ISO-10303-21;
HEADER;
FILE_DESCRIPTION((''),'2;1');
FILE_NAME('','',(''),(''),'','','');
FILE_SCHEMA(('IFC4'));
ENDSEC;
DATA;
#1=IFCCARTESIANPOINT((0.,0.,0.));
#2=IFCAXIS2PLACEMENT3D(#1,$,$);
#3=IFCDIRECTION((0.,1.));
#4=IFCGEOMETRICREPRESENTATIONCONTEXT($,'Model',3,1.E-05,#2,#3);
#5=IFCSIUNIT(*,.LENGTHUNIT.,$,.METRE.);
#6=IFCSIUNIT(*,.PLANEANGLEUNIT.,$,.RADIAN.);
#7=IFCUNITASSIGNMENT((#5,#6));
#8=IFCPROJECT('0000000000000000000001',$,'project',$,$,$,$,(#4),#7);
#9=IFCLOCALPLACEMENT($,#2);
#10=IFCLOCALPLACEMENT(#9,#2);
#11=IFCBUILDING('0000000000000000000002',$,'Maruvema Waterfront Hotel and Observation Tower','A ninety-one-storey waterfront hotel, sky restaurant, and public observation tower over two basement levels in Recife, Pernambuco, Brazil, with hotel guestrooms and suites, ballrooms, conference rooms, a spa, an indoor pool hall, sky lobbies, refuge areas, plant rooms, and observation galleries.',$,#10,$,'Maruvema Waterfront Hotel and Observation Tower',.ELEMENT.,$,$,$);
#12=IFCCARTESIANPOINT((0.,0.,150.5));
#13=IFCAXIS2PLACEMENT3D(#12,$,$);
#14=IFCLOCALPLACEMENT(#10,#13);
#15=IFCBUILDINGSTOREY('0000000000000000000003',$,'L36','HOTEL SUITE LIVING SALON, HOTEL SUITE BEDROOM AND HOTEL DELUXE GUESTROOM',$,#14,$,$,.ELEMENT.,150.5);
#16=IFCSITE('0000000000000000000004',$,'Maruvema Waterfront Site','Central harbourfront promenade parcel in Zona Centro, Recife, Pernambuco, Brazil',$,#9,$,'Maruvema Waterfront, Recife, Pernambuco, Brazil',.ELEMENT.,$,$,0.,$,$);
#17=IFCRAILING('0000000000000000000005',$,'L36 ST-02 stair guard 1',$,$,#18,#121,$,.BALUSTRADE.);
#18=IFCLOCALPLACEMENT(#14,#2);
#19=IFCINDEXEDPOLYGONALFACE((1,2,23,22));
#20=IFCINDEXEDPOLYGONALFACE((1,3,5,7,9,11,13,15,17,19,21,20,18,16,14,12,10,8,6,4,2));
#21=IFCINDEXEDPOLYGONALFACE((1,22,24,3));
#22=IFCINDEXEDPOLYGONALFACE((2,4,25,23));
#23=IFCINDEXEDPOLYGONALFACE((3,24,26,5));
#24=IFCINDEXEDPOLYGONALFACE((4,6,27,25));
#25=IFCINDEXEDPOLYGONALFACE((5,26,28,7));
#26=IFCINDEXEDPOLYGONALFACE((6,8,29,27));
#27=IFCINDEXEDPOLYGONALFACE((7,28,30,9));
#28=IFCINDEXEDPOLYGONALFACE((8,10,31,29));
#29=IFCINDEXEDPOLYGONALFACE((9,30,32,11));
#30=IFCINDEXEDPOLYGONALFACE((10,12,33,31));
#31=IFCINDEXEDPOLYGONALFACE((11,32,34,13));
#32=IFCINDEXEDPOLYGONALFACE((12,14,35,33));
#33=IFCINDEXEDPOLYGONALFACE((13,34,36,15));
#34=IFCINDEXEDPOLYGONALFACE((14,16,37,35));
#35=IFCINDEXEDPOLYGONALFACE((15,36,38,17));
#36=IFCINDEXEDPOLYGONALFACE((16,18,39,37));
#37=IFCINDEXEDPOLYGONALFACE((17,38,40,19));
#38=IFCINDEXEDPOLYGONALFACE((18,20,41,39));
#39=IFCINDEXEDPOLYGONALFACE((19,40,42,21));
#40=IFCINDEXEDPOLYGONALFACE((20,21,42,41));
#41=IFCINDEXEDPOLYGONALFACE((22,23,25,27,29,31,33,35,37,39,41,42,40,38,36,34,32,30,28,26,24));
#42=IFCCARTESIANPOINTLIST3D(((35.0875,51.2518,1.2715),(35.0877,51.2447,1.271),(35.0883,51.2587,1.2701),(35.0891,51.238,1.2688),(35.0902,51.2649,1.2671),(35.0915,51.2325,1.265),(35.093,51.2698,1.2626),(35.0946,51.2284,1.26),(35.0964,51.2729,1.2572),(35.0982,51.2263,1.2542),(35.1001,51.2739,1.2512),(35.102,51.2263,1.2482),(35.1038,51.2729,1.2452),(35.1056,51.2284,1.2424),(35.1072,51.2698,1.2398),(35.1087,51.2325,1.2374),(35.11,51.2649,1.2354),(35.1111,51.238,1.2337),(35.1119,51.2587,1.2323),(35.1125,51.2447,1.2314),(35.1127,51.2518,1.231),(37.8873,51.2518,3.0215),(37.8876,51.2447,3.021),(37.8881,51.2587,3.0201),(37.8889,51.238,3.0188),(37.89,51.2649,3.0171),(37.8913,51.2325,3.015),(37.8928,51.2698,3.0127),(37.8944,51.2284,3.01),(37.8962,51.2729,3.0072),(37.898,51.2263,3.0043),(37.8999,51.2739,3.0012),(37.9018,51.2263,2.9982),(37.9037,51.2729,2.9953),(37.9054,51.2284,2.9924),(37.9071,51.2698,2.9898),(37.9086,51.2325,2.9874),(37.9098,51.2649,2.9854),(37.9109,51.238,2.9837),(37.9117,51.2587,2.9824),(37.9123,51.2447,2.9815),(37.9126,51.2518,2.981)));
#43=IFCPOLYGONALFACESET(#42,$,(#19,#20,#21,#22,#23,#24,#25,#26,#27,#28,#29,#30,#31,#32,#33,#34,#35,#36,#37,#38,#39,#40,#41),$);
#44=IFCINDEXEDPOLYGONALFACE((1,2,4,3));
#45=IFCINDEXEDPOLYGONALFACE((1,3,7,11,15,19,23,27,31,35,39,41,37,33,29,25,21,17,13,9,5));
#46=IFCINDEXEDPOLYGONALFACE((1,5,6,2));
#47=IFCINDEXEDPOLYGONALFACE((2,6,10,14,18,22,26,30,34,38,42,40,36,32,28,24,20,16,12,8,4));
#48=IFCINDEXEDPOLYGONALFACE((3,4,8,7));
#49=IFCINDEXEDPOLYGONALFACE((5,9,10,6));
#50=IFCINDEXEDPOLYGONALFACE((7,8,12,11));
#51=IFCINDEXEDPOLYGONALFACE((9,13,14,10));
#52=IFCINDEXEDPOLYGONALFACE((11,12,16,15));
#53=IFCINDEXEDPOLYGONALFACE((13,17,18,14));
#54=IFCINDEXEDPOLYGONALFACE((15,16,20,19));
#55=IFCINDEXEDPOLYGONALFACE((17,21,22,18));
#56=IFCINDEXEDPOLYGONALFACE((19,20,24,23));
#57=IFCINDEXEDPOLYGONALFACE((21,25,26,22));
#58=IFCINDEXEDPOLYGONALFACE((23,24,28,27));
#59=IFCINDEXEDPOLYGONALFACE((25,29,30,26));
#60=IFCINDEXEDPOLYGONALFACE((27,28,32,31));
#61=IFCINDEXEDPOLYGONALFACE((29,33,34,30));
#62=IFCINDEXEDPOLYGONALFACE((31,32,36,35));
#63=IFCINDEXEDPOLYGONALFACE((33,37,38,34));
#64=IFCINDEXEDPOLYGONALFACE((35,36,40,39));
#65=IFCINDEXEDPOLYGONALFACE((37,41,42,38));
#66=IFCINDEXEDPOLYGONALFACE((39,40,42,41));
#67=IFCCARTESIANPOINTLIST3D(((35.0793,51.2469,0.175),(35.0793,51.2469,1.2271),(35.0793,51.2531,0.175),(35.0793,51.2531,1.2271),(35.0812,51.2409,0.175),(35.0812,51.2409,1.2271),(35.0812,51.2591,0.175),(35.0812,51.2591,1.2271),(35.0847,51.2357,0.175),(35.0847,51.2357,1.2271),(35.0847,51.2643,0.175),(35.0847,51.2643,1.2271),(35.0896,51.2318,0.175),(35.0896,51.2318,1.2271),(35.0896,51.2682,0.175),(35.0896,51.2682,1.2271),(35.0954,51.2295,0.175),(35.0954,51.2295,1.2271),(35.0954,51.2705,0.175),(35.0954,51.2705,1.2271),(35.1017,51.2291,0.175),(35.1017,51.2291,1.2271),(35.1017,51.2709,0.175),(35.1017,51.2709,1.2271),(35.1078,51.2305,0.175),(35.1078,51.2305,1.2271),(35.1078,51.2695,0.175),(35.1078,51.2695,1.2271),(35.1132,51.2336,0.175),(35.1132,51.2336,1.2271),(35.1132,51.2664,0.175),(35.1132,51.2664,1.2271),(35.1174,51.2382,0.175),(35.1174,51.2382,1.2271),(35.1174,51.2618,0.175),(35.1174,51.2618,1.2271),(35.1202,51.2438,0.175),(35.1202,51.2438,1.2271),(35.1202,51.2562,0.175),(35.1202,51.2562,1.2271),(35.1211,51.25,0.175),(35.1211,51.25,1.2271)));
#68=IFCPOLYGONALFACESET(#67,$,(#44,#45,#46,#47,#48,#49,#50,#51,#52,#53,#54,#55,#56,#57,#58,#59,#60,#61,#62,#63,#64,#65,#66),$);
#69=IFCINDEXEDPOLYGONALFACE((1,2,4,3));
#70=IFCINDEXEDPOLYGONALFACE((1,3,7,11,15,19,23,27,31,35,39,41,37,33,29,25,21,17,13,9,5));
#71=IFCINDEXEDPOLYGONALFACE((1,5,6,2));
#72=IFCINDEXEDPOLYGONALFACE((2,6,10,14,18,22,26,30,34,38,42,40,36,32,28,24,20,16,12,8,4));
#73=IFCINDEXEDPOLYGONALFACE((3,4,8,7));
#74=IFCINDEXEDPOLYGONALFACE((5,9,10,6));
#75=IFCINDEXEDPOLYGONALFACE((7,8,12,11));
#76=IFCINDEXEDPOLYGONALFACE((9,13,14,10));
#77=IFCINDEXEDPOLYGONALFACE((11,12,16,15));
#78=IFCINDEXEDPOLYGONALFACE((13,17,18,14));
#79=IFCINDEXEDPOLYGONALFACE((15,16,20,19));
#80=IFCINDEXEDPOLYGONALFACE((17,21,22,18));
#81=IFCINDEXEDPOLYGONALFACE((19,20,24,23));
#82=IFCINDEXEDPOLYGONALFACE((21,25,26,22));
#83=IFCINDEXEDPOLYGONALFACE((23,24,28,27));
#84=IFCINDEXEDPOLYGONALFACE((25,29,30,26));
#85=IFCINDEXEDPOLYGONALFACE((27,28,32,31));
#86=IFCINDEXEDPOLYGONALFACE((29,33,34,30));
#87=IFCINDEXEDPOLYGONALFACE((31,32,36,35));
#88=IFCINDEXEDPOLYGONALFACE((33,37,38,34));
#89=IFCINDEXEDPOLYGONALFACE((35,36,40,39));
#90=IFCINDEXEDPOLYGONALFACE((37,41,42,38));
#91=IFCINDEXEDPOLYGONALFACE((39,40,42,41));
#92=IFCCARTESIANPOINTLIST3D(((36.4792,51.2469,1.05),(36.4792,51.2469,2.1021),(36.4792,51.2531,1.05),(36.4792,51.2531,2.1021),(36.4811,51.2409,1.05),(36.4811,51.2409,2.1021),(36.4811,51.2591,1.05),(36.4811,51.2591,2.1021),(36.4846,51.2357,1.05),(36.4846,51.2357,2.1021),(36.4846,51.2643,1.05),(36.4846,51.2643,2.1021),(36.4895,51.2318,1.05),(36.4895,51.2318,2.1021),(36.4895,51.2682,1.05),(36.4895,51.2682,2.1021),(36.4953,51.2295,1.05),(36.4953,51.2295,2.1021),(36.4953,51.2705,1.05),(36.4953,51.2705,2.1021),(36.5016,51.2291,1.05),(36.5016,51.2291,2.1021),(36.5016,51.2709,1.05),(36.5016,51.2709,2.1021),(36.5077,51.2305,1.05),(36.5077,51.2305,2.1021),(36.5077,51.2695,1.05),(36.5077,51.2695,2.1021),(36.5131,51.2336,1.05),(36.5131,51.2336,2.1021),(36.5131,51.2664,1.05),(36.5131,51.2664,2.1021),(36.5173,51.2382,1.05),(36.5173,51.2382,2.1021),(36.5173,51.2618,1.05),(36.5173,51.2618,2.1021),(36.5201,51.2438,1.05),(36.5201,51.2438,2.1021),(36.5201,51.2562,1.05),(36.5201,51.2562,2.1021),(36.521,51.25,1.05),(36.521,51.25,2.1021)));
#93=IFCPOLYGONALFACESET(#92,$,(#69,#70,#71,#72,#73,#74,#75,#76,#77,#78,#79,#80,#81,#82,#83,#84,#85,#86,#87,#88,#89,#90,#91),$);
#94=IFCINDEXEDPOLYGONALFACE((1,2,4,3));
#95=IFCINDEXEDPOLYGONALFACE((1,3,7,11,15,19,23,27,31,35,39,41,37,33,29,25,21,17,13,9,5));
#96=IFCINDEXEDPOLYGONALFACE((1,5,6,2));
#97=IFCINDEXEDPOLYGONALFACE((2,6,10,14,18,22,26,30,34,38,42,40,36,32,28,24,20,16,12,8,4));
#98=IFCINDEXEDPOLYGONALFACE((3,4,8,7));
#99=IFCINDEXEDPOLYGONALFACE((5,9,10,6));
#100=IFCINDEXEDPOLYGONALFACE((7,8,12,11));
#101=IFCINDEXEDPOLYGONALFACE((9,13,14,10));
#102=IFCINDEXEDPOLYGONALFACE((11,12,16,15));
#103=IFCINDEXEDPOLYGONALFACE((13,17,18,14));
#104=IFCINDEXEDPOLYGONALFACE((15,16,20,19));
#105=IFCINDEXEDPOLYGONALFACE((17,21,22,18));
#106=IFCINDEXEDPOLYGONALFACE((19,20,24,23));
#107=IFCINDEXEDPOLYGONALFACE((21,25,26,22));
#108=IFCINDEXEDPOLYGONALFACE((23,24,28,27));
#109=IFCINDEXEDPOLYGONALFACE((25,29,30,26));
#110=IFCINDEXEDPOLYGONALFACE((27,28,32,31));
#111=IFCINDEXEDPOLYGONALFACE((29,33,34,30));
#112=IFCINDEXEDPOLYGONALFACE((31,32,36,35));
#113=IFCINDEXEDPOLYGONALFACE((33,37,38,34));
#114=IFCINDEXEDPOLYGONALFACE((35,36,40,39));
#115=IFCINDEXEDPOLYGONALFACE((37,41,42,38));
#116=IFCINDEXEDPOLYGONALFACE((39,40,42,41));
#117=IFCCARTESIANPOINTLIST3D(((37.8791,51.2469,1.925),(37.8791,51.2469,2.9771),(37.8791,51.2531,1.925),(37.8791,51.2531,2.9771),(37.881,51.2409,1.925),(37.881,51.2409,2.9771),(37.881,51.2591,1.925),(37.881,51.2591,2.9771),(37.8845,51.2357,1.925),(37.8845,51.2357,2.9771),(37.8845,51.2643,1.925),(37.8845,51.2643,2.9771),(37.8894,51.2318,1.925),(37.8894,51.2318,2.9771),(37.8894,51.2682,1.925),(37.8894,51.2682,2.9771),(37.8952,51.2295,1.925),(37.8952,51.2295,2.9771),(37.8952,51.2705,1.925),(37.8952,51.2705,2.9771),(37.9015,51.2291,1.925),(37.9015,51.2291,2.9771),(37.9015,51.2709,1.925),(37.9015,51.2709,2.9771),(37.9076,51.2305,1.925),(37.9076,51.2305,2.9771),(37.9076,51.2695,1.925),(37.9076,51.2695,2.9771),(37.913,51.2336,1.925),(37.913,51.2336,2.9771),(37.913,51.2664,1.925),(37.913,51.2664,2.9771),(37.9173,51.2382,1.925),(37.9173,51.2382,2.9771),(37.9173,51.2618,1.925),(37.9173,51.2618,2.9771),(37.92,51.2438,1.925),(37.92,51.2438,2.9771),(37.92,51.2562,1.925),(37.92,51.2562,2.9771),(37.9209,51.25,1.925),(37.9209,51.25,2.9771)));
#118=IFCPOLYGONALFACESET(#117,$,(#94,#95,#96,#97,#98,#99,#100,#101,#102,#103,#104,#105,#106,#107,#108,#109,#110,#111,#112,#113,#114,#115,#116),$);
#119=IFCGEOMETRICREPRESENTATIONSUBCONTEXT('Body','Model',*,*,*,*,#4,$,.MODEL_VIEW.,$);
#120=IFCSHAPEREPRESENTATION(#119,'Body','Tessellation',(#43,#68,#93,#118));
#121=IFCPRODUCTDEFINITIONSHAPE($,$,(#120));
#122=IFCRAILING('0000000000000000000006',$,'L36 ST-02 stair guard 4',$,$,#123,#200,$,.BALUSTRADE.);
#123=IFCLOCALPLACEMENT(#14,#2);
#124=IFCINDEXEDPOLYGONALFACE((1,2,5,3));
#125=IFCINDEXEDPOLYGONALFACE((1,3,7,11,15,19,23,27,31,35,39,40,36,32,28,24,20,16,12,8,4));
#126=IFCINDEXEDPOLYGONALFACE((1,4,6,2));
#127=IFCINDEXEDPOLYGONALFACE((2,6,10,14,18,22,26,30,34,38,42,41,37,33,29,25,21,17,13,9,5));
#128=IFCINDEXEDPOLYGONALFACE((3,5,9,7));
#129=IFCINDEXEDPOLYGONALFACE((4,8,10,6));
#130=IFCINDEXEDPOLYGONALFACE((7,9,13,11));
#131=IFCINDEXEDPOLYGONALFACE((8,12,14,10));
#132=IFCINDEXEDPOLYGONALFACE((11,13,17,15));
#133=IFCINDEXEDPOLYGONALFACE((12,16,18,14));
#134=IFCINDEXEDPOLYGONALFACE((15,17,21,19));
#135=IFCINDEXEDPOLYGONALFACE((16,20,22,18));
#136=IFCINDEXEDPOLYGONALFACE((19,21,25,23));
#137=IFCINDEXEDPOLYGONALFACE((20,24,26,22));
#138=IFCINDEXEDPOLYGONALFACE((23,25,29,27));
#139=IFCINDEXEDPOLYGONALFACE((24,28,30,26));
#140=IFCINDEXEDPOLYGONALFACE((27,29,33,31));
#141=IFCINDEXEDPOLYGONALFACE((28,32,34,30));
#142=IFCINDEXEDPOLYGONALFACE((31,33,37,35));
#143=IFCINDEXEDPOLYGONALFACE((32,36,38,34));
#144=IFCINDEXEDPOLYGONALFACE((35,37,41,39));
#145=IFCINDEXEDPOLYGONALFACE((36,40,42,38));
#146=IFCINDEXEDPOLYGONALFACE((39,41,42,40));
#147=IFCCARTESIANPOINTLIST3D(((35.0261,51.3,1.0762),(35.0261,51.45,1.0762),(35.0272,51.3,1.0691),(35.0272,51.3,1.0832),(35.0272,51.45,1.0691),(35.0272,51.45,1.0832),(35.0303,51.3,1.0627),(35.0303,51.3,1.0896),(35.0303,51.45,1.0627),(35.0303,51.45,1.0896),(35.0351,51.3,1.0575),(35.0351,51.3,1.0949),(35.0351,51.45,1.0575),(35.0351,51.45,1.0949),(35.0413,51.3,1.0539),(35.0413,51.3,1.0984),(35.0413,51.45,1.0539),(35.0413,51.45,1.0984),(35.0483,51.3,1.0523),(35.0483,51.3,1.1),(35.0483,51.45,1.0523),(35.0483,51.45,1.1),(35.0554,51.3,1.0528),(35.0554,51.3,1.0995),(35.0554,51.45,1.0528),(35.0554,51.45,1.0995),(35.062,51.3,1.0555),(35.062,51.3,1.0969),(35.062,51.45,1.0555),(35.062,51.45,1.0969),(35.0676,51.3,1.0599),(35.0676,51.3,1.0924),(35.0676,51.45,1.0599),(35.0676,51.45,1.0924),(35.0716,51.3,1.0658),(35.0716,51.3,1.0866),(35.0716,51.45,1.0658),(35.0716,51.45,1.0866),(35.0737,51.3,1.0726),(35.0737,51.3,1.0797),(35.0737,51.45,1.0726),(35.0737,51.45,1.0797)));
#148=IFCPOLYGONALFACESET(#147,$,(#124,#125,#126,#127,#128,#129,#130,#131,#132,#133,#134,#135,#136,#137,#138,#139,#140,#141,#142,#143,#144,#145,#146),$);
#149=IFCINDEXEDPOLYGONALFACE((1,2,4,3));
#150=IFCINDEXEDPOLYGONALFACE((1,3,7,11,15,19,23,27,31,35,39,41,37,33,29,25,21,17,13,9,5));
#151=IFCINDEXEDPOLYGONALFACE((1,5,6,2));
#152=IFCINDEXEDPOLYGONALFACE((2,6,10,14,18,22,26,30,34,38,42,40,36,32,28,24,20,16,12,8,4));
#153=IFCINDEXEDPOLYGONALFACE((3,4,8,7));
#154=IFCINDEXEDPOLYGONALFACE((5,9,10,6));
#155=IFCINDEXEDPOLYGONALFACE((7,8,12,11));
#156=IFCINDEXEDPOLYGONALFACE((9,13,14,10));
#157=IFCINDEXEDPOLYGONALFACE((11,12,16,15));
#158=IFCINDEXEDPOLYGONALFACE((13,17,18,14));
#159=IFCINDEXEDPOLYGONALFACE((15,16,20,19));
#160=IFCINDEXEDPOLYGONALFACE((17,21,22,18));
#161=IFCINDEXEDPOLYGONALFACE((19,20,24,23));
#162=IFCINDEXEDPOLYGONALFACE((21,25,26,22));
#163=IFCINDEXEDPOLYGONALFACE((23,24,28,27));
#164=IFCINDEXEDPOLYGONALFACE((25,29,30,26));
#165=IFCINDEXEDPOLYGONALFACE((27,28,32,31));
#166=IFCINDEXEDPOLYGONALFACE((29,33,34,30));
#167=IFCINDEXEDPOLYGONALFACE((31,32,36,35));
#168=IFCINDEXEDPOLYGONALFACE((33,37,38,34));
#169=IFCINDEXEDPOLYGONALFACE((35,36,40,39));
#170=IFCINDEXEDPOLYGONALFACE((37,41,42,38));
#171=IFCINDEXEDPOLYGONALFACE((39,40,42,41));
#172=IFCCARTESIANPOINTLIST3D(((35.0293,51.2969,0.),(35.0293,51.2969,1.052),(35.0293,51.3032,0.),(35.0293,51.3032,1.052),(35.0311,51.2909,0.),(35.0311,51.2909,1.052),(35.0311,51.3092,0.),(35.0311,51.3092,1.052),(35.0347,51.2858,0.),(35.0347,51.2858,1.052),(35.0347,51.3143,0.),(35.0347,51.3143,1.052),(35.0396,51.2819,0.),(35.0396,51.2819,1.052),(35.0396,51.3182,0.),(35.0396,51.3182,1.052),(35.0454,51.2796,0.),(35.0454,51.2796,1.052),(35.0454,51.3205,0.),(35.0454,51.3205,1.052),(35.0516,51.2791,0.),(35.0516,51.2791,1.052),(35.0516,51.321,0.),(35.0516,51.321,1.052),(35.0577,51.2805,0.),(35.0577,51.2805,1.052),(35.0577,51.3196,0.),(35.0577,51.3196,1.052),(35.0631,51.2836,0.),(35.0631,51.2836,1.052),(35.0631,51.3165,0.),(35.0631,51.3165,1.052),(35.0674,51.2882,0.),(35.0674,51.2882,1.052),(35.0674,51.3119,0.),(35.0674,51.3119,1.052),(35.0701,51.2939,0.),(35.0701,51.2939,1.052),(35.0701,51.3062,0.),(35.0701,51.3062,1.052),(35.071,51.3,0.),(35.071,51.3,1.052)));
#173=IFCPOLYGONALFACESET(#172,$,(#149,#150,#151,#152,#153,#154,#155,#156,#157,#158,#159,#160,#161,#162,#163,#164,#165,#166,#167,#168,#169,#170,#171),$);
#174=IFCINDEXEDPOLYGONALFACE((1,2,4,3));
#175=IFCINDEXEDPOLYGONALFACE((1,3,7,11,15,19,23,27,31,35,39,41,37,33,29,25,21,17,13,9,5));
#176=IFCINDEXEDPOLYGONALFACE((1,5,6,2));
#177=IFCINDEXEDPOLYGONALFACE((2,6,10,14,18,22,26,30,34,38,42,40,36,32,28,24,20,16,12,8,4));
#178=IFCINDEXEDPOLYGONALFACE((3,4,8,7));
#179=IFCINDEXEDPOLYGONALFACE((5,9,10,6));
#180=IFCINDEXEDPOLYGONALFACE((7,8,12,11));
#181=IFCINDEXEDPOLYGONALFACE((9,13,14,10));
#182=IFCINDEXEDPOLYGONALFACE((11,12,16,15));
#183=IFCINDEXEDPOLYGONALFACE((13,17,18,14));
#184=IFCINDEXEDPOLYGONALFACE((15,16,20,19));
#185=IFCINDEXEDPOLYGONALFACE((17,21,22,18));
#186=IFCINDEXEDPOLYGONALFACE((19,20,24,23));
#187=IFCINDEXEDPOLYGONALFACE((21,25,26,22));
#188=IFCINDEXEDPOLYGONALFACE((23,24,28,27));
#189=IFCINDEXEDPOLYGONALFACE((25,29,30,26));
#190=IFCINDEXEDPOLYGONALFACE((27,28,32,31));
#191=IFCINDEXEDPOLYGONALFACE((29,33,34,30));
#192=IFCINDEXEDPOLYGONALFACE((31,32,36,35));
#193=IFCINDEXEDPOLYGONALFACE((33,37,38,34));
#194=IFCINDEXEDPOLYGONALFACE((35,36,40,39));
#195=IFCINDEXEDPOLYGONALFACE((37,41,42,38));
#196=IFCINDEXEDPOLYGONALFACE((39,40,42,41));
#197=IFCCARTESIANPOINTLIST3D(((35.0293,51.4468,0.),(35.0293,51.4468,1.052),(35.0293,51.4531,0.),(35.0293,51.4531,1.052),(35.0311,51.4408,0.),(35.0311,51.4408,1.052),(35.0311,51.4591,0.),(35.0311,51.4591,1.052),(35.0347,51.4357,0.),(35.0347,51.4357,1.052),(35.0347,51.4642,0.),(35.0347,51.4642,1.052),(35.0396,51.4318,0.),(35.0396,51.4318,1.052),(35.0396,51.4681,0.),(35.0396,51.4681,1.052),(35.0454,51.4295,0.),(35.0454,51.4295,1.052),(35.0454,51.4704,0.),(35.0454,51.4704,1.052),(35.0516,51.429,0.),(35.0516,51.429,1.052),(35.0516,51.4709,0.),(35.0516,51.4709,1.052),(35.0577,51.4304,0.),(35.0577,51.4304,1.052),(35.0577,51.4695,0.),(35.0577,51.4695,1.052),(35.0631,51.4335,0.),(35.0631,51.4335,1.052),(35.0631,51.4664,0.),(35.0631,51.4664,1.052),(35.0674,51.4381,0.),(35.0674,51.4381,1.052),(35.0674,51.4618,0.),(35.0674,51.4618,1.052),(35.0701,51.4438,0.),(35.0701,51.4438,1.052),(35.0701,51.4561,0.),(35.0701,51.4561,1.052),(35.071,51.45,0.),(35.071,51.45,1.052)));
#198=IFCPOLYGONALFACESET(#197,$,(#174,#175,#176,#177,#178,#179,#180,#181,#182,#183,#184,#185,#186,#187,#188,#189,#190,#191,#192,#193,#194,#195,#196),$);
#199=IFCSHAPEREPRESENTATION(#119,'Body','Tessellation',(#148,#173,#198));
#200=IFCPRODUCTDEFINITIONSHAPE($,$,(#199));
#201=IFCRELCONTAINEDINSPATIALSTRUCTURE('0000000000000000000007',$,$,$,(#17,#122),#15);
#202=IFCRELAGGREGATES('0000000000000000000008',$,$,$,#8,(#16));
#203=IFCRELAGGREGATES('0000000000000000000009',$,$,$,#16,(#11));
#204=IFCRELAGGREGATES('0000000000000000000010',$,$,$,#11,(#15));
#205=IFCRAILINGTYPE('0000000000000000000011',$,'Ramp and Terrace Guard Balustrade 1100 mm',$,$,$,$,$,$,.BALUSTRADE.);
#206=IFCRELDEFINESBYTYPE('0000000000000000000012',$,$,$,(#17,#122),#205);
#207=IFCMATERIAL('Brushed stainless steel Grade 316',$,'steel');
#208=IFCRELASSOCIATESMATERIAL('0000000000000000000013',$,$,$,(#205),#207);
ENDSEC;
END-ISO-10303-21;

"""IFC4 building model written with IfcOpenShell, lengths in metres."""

from ifc_helpers import new_model, si_unit, direction, frame, origin, origin_2d, place, context, subcontext, project, spatial, circle, extrude, material, type_object, element, save


model = new_model("IFC4")

# Units and contexts
model_context = context("Model", 3, precision=1e-05, world=origin(), true_north=direction((0.0, 1.0)))
body_context = subcontext(model_context, "Body", "Model", "MODEL_VIEW")
ifc_project = project(units=[si_unit("LENGTHUNIT", "METRE"), si_unit("PLANEANGLEUNIT", "RADIAN")], contexts=[model_context])

# Site, building, storey
site_placement = place(None, origin())
site = spatial("IfcSite", under=ifc_project, at=site_placement, Name="Maruvema Waterfront Site", Description="Central harbourfront promenade parcel in Zona Centro, Recife, Pernambuco, Brazil", LongName="Maruvema Waterfront, Recife, Pernambuco, Brazil", CompositionType="ELEMENT", RefElevation=0.0)
building_placement = place(site_placement, origin())
building = spatial("IfcBuilding", under=site, at=building_placement, Name="Maruvema Waterfront Hotel and Observation Tower", Description="A ninety-one-storey waterfront hotel, sky restaurant, and public observation tower over two basement levels in Recife, Pernambuco, Brazil, with hotel guestrooms and suites, ballrooms, conference rooms, a spa, an indoor pool hall, sky lobbies, refuge areas, plant rooms, and observation galleries.", LongName="Maruvema Waterfront Hotel and Observation Tower", CompositionType="ELEMENT")
storey_placement = place(building_placement, frame((0.0, 0.0, 150.5)))
storey = spatial("IfcBuildingStorey", under=building, at=storey_placement, Name="L36", Description="HOTEL SUITE LIVING SALON, HOTEL SUITE BEDROOM AND HOTEL DELUXE GUESTROOM", CompositionType="ELEMENT", Elevation=150.5)

# Railings
ifc_material_1 = material(Name="Brushed stainless steel Grade 316", Category="steel")
railing_type_1 = type_object("IfcRailingType", Name="Ramp and Terrace Guard Balustrade 1100 mm", PredefinedType="BALUSTRADE", material=ifc_material_1)
railing_1_placement = place(storey_placement, frame((35.1001, 51.25, 0.175)))
element("IfcRailing", 1, at=railing_1_placement, inside=storey, type_object=railing_type_1, Name="L36 ST-02 stair guard 1", PredefinedType="BALUSTRADE", context=body_context, shape_type="SweptSolid", body=[
    extrude(circle(Radius=0.0239, at=origin_2d()), frame((0.0, 0.0, 1.0762), z_axis=(0.847982, 0.0, 0.530026), x_axis=(0.0, 1.0, 0.0)), (0.0, 0.0, 1.0), 3.3018),
    extrude(circle(Radius=0.021, at=origin_2d()), origin(), (0.0, 0.0, 1.0), 1.052),
    extrude(circle(Radius=0.021, at=origin_2d()), frame((1.3999, 0.0, 0.875)), (0.0, 0.0, 1.0), 1.052),
    extrude(circle(Radius=0.021, at=origin_2d()), frame((2.7998, 0.0, 1.75)), (0.0, 0.0, 1.0), 1.052),
])
railing_2_placement = place(storey_placement, frame((35.05, 51.3, 0.0)))
element("IfcRailing", 2, at=railing_2_placement, inside=storey, type_object=railing_type_1, Name="L36 ST-02 stair guard 4", PredefinedType="BALUSTRADE", context=body_context, shape_type="SweptSolid", body=[
    extrude(circle(Radius=0.0239, at=origin_2d()), frame((0.0, 0.0, 1.0762), z_axis=(0.0, 1.0, 0.0), x_axis=(-1.0, 0.0, 0.0)), (0.0, 0.0, 1.0), 0.1499),
    extrude(circle(Radius=0.021, at=origin_2d()), origin(), (0.0, 0.0, 1.0), 1.052),
    extrude(circle(Radius=0.021, at=origin_2d()), frame((0.0, 0.1499, 0.0)), (0.0, 0.0, 1.0), 1.052),
])

save(model, "model.ifc")
